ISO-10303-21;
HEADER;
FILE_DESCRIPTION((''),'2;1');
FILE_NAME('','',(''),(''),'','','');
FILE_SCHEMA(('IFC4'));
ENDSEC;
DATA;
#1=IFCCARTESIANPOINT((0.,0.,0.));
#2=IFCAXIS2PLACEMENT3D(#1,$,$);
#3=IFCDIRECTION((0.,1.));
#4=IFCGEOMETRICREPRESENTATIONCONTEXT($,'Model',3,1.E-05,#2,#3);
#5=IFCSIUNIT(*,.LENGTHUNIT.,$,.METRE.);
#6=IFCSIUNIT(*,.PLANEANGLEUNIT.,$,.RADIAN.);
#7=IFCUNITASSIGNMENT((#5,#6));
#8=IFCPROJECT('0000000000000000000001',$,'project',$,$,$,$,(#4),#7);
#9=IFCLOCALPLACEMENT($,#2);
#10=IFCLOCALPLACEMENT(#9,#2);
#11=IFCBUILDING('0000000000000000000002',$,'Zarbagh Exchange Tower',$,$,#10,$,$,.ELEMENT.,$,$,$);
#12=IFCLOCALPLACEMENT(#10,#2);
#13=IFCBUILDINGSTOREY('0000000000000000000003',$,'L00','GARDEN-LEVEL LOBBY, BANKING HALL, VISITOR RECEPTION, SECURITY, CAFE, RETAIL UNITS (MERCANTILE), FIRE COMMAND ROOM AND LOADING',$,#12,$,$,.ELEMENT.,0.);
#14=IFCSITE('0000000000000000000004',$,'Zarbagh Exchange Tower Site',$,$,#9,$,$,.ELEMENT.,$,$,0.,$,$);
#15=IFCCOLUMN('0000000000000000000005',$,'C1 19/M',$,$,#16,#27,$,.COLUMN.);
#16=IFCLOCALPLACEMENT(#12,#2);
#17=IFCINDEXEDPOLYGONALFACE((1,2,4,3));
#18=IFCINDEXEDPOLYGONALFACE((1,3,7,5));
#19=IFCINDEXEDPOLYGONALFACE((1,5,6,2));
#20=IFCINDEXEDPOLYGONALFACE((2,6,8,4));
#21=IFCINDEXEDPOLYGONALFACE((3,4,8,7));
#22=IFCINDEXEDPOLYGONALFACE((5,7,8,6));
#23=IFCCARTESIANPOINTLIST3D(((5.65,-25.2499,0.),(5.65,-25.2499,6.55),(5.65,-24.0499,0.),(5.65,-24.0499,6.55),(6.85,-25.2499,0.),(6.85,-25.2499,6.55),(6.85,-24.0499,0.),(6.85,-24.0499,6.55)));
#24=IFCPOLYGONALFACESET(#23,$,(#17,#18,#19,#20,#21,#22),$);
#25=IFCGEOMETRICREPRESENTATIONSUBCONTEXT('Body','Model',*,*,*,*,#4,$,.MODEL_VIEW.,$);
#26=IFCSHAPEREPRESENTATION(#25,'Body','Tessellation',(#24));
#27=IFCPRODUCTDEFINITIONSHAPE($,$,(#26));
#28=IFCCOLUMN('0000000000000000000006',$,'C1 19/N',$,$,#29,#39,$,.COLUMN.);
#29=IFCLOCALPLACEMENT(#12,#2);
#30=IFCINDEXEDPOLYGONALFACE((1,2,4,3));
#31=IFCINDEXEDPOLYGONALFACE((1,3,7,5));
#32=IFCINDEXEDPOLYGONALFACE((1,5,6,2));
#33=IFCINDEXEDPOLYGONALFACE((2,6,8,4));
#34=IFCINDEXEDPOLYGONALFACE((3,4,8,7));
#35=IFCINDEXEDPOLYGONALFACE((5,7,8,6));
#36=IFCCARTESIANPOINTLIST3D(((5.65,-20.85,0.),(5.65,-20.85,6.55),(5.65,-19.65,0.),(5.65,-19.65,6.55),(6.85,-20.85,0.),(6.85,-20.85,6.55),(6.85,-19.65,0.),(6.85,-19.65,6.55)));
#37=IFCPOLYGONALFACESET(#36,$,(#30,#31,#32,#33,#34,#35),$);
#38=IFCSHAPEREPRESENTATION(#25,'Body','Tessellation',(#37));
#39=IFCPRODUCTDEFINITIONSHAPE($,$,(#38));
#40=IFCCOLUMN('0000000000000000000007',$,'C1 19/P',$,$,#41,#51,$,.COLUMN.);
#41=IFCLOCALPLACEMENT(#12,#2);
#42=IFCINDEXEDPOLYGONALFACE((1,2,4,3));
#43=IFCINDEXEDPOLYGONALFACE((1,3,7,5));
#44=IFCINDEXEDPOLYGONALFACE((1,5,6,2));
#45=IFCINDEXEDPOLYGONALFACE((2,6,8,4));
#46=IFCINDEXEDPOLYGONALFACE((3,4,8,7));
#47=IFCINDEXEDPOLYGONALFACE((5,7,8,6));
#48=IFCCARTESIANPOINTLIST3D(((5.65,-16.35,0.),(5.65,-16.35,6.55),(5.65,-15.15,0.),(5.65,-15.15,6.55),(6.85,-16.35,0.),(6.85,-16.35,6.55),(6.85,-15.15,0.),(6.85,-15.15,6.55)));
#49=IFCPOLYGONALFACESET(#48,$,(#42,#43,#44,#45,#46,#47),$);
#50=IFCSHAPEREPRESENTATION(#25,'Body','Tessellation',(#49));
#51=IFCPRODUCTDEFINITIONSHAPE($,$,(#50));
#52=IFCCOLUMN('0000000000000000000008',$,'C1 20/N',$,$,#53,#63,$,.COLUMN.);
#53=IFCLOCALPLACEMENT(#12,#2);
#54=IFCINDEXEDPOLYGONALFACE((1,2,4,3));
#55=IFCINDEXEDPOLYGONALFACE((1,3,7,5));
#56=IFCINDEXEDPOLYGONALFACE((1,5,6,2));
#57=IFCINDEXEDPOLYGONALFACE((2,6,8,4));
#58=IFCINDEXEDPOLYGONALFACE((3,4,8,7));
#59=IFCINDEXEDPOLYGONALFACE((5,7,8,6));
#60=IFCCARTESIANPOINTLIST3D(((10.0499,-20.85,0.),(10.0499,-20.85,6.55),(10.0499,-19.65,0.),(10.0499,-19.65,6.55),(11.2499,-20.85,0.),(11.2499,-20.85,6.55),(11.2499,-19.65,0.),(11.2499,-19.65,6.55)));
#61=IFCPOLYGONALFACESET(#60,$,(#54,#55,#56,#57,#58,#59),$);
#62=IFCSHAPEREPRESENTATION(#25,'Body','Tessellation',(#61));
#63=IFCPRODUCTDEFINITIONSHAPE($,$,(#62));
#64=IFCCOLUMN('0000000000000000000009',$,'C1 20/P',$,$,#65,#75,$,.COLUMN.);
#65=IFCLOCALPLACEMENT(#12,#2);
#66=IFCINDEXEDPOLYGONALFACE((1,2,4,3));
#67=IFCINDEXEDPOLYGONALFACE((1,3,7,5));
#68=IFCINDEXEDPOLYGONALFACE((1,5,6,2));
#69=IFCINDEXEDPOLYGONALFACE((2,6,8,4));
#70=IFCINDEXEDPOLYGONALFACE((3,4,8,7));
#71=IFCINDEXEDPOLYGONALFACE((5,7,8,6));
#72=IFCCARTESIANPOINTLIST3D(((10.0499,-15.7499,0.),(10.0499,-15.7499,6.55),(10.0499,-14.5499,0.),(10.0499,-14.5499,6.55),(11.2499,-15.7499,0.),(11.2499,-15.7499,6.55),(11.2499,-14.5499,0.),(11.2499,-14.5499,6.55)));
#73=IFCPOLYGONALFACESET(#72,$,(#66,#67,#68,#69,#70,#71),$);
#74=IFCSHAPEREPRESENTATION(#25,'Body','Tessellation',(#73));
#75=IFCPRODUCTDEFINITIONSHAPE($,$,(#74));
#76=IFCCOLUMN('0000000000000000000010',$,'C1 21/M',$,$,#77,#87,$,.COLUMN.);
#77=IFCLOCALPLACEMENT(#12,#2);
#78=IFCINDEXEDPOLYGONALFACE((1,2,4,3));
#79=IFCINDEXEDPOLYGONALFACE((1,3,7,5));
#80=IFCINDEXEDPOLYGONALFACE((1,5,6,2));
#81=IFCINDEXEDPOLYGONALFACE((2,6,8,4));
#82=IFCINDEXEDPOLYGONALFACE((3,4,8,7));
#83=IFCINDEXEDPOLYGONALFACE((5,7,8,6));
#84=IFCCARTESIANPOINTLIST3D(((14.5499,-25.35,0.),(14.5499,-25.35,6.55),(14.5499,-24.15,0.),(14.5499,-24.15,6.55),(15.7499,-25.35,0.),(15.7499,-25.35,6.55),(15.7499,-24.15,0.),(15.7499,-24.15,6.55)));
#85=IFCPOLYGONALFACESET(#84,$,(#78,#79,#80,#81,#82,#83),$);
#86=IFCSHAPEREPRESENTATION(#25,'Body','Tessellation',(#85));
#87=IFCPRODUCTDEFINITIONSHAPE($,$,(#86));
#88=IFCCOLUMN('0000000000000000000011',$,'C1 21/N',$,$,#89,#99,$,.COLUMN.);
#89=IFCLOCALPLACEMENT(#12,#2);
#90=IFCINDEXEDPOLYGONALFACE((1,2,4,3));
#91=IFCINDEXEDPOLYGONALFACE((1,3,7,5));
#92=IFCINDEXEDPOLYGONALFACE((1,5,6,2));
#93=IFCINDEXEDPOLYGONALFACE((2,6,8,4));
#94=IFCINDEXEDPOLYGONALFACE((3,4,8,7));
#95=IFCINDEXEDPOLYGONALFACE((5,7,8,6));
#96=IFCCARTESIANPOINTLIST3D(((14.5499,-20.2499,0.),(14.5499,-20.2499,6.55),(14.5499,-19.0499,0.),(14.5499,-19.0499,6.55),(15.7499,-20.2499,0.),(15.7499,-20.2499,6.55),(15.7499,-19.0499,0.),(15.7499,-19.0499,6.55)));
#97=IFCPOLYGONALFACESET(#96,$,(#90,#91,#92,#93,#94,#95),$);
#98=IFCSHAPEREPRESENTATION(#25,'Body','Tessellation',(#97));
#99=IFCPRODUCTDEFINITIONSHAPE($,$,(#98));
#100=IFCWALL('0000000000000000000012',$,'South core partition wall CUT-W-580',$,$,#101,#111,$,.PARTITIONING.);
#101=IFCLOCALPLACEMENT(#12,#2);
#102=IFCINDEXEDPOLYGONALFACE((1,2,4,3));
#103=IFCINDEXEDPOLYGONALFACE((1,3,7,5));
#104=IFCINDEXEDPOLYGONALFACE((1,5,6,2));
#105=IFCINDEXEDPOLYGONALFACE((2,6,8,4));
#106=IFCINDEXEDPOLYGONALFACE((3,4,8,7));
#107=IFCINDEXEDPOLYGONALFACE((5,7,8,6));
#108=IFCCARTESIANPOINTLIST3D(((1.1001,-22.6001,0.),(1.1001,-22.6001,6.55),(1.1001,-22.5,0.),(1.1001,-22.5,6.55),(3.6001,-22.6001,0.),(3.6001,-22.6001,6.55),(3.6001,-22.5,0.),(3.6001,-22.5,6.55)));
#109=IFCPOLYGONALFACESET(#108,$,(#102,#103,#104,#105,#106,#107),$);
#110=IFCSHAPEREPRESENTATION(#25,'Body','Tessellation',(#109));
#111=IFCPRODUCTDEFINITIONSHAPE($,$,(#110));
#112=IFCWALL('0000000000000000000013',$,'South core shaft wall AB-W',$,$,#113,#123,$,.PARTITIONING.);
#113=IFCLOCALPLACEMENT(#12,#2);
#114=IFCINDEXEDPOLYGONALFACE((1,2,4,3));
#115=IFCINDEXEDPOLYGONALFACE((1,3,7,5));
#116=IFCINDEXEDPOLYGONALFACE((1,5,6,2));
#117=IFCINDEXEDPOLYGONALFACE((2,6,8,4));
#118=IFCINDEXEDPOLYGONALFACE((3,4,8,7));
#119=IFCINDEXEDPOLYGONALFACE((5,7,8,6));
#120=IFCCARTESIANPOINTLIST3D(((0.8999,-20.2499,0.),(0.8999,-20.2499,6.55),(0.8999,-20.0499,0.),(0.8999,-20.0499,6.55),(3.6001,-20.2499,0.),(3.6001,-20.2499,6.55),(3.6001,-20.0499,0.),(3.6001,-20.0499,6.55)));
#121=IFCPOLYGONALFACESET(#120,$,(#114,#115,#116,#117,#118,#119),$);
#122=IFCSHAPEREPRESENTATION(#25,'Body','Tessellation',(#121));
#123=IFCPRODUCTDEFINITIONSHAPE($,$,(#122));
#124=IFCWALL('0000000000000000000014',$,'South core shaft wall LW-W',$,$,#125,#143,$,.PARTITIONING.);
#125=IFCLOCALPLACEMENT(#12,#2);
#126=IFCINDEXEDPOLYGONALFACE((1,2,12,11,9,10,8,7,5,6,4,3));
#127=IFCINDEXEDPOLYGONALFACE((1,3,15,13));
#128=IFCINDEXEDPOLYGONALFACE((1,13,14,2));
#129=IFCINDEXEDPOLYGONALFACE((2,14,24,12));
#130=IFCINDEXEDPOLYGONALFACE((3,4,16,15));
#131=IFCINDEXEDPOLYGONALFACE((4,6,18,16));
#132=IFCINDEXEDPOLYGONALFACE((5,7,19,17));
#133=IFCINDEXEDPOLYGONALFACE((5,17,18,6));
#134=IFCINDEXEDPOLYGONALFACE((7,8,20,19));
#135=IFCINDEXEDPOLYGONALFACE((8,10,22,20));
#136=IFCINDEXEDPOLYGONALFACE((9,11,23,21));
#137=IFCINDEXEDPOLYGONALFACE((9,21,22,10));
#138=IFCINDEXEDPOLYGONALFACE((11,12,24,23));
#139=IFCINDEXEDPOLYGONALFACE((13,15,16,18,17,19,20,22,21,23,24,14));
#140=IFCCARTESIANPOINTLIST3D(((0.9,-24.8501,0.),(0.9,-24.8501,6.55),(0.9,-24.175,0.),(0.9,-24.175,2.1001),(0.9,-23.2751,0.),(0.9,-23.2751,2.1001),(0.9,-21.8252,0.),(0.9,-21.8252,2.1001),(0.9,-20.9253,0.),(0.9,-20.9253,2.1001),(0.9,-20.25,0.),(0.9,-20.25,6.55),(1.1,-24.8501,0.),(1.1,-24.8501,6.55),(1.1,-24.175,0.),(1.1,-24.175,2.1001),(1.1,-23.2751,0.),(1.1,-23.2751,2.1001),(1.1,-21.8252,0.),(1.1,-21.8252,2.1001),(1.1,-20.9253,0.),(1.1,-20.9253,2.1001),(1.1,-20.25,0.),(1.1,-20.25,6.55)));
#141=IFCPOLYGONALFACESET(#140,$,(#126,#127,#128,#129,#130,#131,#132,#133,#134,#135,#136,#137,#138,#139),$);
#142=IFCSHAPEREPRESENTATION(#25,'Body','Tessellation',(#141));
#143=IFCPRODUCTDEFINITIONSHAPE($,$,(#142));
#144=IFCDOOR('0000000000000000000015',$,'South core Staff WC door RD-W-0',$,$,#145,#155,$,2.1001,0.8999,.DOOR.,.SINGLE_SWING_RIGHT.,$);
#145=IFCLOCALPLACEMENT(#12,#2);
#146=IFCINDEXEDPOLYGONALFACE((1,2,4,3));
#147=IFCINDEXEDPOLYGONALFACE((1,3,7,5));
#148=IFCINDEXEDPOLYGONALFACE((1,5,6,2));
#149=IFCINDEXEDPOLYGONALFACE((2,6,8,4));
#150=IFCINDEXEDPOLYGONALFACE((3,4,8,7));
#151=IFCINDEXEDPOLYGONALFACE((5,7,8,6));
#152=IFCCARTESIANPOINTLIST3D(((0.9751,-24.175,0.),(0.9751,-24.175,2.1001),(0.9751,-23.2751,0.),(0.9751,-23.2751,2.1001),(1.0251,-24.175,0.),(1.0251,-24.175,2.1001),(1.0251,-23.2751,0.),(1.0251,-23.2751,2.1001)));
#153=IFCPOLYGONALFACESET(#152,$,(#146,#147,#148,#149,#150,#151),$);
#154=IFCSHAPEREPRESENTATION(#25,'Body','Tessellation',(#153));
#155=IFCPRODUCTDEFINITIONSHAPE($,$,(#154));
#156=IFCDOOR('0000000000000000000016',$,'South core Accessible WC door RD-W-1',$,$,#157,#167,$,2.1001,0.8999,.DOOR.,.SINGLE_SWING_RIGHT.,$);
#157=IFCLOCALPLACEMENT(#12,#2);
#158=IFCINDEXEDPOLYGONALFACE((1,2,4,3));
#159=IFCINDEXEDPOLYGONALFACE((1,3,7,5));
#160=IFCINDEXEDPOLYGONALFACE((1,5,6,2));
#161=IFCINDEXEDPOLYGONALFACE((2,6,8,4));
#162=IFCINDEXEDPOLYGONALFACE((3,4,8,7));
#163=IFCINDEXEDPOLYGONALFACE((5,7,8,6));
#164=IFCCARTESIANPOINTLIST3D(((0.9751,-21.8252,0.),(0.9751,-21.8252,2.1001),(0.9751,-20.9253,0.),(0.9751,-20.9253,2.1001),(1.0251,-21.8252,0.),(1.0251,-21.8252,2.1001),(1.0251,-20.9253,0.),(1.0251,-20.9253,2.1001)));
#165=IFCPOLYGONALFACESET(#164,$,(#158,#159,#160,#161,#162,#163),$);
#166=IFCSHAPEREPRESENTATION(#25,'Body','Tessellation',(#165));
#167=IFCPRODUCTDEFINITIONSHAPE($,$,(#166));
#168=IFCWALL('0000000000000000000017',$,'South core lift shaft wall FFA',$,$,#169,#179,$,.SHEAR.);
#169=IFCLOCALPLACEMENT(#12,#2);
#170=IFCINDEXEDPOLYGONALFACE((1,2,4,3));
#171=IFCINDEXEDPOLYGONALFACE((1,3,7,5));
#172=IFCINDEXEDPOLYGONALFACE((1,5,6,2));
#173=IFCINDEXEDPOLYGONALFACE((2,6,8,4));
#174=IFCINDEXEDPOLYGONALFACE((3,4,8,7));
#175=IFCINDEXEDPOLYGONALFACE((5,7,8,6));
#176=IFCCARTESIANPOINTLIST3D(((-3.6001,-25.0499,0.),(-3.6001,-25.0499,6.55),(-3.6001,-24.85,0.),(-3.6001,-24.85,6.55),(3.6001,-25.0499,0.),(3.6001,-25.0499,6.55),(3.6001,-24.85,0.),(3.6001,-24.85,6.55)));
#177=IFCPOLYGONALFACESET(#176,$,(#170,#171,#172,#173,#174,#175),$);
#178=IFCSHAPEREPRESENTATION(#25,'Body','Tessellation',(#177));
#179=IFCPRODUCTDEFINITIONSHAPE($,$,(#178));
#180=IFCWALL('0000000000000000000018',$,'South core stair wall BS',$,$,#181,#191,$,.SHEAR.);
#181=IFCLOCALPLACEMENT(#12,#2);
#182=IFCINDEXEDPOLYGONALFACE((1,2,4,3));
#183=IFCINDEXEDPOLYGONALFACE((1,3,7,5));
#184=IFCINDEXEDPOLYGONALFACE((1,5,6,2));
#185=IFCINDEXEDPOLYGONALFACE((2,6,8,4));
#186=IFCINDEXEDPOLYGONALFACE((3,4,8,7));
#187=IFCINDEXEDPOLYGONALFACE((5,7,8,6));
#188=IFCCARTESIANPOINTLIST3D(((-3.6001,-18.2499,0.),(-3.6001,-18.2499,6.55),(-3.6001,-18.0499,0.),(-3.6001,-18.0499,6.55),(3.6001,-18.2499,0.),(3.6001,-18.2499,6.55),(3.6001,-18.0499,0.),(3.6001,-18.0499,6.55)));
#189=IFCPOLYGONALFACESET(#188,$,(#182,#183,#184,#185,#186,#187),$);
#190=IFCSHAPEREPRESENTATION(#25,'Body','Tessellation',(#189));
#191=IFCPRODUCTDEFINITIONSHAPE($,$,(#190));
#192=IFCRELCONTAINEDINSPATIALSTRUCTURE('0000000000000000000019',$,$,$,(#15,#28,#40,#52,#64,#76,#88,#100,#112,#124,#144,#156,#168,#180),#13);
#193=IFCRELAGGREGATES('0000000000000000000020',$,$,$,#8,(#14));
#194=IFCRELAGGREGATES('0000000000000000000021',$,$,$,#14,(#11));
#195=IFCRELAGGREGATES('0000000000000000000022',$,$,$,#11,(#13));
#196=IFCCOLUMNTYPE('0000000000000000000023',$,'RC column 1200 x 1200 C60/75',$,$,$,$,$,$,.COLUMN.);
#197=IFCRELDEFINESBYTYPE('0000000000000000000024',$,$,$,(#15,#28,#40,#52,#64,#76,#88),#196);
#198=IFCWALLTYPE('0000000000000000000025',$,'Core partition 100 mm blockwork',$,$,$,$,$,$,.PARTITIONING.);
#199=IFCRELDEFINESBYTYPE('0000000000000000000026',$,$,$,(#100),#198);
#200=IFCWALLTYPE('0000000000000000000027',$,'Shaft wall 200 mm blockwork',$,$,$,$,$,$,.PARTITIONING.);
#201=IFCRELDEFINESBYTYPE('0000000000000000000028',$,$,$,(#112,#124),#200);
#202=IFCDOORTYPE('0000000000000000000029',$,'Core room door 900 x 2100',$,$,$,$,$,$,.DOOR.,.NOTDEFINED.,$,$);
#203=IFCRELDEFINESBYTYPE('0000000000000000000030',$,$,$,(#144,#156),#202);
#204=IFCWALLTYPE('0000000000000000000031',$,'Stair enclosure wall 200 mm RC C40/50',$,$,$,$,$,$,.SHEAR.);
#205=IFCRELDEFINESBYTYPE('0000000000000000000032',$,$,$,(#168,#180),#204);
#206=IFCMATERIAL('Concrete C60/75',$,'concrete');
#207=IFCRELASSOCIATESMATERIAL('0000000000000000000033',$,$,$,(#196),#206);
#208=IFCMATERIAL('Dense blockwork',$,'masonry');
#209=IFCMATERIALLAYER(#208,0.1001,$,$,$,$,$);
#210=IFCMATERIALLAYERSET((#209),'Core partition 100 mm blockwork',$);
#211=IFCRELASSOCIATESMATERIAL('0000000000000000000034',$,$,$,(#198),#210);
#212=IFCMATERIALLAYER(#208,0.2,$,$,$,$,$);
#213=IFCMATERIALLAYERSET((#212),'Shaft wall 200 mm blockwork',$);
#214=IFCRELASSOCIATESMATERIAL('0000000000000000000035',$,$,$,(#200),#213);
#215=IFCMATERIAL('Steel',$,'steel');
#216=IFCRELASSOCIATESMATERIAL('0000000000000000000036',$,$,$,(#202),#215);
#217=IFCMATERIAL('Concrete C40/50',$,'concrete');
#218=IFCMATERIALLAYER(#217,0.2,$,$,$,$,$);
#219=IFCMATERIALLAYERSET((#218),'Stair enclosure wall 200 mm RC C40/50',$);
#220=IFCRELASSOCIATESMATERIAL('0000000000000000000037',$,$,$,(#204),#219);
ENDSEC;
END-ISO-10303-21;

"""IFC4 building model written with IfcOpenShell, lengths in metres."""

from ifc_helpers import new_model, si_unit, direction, frame, frame_2d, origin, origin_2d, place, context, subcontext, project, spatial, rectangle, extrude, material, layer, layer_set, material_profile, profile_set, type_object, element, fill, save


model = new_model("IFC4")

# Units and contexts
model_context = context("Model", 3, precision=1e-05, world=origin(), true_north=direction((0.0, 1.0)))
body_context = subcontext(model_context, "Body", "Model", "MODEL_VIEW")
ifc_project = project(units=[si_unit("LENGTHUNIT", "METRE"), si_unit("PLANEANGLEUNIT", "RADIAN")], contexts=[model_context])

# Site, building, storey
site_placement = place(None, origin())
site = spatial("IfcSite", under=ifc_project, at=site_placement, Name="Zarbagh Exchange Tower Site", CompositionType="ELEMENT", RefElevation=0.0)
building_placement = place(site_placement, origin())
building = spatial("IfcBuilding", under=site, at=building_placement, Name="Zarbagh Exchange Tower", CompositionType="ELEMENT")
storey_placement = place(building_placement, origin())
storey = spatial("IfcBuildingStorey", under=building, at=storey_placement, Name="L00", Description="GARDEN-LEVEL LOBBY, BANKING HALL, VISITOR RECEPTION, SECURITY, CAFE, RETAIL UNITS (MERCANTILE), FIRE COMMAND ROOM AND LOADING", CompositionType="ELEMENT", Elevation=0.0)

# Columns
ifc_material_1 = material(Name="Concrete C60/75", Category="concrete")
ifc_material_profile = material_profile(ifc_material_1, rectangle(XDim=1.2, YDim=1.2, at=origin_2d()), Name="RC column 1200 x 1200 C60/75")
ifc_profile_set = profile_set([ifc_material_profile], Name="Concrete C60/75")
column_type = type_object("IfcColumnType", Name="RC column 1200 x 1200 C60/75", PredefinedType="COLUMN", material=ifc_profile_set)
for number, where, z_axis, x_axis, name in (
    (1, (6.25, -24.6499, 0.0), (0.0, 0.0, 1.0), (1.0, 0.0, 0.0), "C1 19/M"),
    (2, (6.25, -20.25, 0.0), (0.0, 0.0, 1.0), (1.0, 0.0, 0.0), "C1 19/N"),
    (3, (6.25, -15.75, 0.0), (0.0, 0.0, 1.0), (1.0, 0.0, 0.0), "C1 19/P"),
    (4, (10.6499, -20.25, 0.0), (0.0, 0.0, 1.0), (1.0, 0.0, 0.0), "C1 20/N"),
    (5, (10.6499, -15.1499, 0.0), (0.0, 0.0, 1.0), (1.0, 0.0, 0.0), "C1 20/P"),
    (6, (15.1499, -24.75, 0.0), (0.0, 0.0, 1.0), (1.0, 0.0, 0.0), "C1 21/M"),
    (7, (15.1499, -19.6499, 0.0), (0.0, 0.0, 1.0), (1.0, 0.0, 0.0), "C1 21/N"),
):
    element("IfcColumn", number, at=place(storey_placement, frame(where, z_axis=z_axis, x_axis=x_axis)), inside=storey, type_object=column_type, Name=name, PredefinedType="COLUMN", context=body_context, shape_type="SweptSolid", body=[
        extrude(rectangle(XDim=1.2, YDim=1.2, at=origin_2d()), origin(), (0.0, 0.0, 1.0), 6.55),
    ])

# Walls
ifc_material_2 = material(Name="Dense blockwork", Category="masonry")
ifc_layer_1 = layer(ifc_material_2, 0.1001)
ifc_layer_set_1 = layer_set([ifc_layer_1], Name="Core partition 100 mm blockwork")
wall_type_1 = type_object("IfcWallType", Name="Core partition 100 mm blockwork", PredefinedType="PARTITIONING", material=ifc_layer_set_1)
wall_1_placement = place(storey_placement, frame((3.6001, -22.55, 0.0), z_axis=(0.0, 0.0, 1.0), x_axis=(-1.0, 0.0, 0.0)))
element("IfcWall", 8, at=wall_1_placement, inside=storey, type_object=wall_type_1, Name="South core partition wall CUT-W-580", PredefinedType="PARTITIONING", context=body_context, shape_type="SweptSolid", body=[
    extrude(rectangle(XDim=2.5, YDim=0.1001, at=frame_2d((1.25, 0.0))), origin(), (0.0, 0.0, 1.0), 6.55),
])
ifc_layer_2 = layer(ifc_material_2, 0.2)
ifc_layer_set_2 = layer_set([ifc_layer_2], Name="Shaft wall 200 mm blockwork")
wall_type_2 = type_object("IfcWallType", Name="Shaft wall 200 mm blockwork", PredefinedType="PARTITIONING", material=ifc_layer_set_2)
wall_2_placement = place(storey_placement, frame((3.6001, -20.1499, 0.0), z_axis=(0.0, 0.0, 1.0), x_axis=(-1.0, 0.0, 0.0)))
element("IfcWall", 9, at=wall_2_placement, inside=storey, type_object=wall_type_2, Name="South core shaft wall AB-W", PredefinedType="PARTITIONING", context=body_context, shape_type="SweptSolid", body=[
    extrude(rectangle(XDim=2.7002, YDim=0.2, at=frame_2d((1.3501, 0.0))), origin(), (0.0, 0.0, 1.0), 6.55),
])

# Wall, openings, doors
wall_3_placement = place(storey_placement, frame((1.0, -24.8501, 0.0), z_axis=(0.0, 0.0, 1.0), x_axis=(0.0, 1.0, 0.0)))
wall_3 = element("IfcWall", 10, at=wall_3_placement, inside=storey, type_object=wall_type_2, Name="South core shaft wall LW-W", PredefinedType="PARTITIONING", context=body_context, shape_type="SweptSolid", body=[
    extrude(rectangle(XDim=4.6001, YDim=0.2, at=frame_2d((2.3, 0.0))), origin(), (0.0, 0.0, 1.0), 6.55),
])
opening_1_placement = place(wall_3_placement, frame((0.675, 0.0, 0.0)))
opening_1 = element("IfcOpeningElement", 11, at=opening_1_placement, cuts=wall_3, PredefinedType="OPENING", context=body_context, shape_type="SweptSolid", body=[
    extrude(rectangle(XDim=0.8999, YDim=2.1001, at=frame_2d((0.45, 1.05))), frame((0.0, 0.1099, 0.0), z_axis=(0.0, -1.0, 0.0), x_axis=(1.0, 0.0, 0.0)), (0.0, 0.0, 1.0), 0.22),
])
opening_2_placement = place(wall_3_placement, frame((3.0249, 0.0, 0.0)))
opening_2 = element("IfcOpeningElement", 12, at=opening_2_placement, cuts=wall_3, PredefinedType="OPENING", context=body_context, shape_type="SweptSolid", body=[
    extrude(rectangle(XDim=0.8999, YDim=2.1001, at=frame_2d((0.45, 1.05))), frame((0.0, 0.1099, 0.0), z_axis=(0.0, -1.0, 0.0), x_axis=(1.0, 0.0, 0.0)), (0.0, 0.0, 1.0), 0.22),
])
ifc_material_3 = material(Name="Steel", Category="steel")
door_type = type_object("IfcDoorType", Name="Core room door 900 x 2100", OperationType="NOTDEFINED", PredefinedType="DOOR", material=ifc_material_3)
door_1_placement = place(opening_1_placement, origin())
door_1 = element("IfcDoor", 13, at=door_1_placement, inside=storey, type_object=door_type, Name="South core Staff WC door RD-W-0", OperationType="SINGLE_SWING_RIGHT", OverallHeight=2.1001, OverallWidth=0.8999, PredefinedType="DOOR", context=body_context, shape_type="SweptSolid", body=[
    extrude(rectangle(XDim=0.8999, YDim=2.1001, at=frame_2d((0.45, 1.05))), frame((0.0, 0.0249, 0.0), z_axis=(0.0, -1.0, 0.0), x_axis=(1.0, 0.0, 0.0)), (0.0, 0.0, 1.0), 0.05),
])
fill(opening_1, door_1)
door_2_placement = place(opening_2_placement, origin())
door_2 = element("IfcDoor", 14, at=door_2_placement, inside=storey, type_object=door_type, Name="South core Accessible WC door RD-W-1", OperationType="SINGLE_SWING_RIGHT", OverallHeight=2.1001, OverallWidth=0.8999, PredefinedType="DOOR", context=body_context, shape_type="SweptSolid", body=[
    extrude(rectangle(XDim=0.8999, YDim=2.1001, at=frame_2d((0.45, 1.05))), frame((0.0, 0.0249, 0.0), z_axis=(0.0, -1.0, 0.0), x_axis=(1.0, 0.0, 0.0)), (0.0, 0.0, 1.0), 0.05),
])
fill(opening_2, door_2)

# Walls
ifc_material_4 = material(Name="Concrete C40/50", Category="concrete")
ifc_layer_3 = layer(ifc_material_4, 0.2)
ifc_layer_set_3 = layer_set([ifc_layer_3], Name="Stair enclosure wall 200 mm RC C40/50")
wall_type_3 = type_object("IfcWallType", Name="Stair enclosure wall 200 mm RC C40/50", PredefinedType="SHEAR", material=ifc_layer_set_3)
for number, where, z_axis, x_axis, name in (
    (15, (3.6001, -24.95, 0.0), (0.0, 0.0, 1.0), (-1.0, 0.0, 0.0), "South core lift shaft wall FFA"),
    (16, (3.6001, -18.1499, 0.0), (0.0, 0.0, 1.0), (-1.0, 0.0, 0.0), "South core stair wall BS"),
):
    element("IfcWall", number, at=place(storey_placement, frame(where, z_axis=z_axis, x_axis=x_axis)), inside=storey, type_object=wall_type_3, Name=name, PredefinedType="SHEAR", context=body_context, shape_type="SweptSolid", body=[
        extrude(rectangle(XDim=7.2002, YDim=0.2, at=frame_2d((3.6001, 0.0))), origin(), (0.0, 0.0, 1.0), 6.55),
    ])

save(model, "model.ifc")
